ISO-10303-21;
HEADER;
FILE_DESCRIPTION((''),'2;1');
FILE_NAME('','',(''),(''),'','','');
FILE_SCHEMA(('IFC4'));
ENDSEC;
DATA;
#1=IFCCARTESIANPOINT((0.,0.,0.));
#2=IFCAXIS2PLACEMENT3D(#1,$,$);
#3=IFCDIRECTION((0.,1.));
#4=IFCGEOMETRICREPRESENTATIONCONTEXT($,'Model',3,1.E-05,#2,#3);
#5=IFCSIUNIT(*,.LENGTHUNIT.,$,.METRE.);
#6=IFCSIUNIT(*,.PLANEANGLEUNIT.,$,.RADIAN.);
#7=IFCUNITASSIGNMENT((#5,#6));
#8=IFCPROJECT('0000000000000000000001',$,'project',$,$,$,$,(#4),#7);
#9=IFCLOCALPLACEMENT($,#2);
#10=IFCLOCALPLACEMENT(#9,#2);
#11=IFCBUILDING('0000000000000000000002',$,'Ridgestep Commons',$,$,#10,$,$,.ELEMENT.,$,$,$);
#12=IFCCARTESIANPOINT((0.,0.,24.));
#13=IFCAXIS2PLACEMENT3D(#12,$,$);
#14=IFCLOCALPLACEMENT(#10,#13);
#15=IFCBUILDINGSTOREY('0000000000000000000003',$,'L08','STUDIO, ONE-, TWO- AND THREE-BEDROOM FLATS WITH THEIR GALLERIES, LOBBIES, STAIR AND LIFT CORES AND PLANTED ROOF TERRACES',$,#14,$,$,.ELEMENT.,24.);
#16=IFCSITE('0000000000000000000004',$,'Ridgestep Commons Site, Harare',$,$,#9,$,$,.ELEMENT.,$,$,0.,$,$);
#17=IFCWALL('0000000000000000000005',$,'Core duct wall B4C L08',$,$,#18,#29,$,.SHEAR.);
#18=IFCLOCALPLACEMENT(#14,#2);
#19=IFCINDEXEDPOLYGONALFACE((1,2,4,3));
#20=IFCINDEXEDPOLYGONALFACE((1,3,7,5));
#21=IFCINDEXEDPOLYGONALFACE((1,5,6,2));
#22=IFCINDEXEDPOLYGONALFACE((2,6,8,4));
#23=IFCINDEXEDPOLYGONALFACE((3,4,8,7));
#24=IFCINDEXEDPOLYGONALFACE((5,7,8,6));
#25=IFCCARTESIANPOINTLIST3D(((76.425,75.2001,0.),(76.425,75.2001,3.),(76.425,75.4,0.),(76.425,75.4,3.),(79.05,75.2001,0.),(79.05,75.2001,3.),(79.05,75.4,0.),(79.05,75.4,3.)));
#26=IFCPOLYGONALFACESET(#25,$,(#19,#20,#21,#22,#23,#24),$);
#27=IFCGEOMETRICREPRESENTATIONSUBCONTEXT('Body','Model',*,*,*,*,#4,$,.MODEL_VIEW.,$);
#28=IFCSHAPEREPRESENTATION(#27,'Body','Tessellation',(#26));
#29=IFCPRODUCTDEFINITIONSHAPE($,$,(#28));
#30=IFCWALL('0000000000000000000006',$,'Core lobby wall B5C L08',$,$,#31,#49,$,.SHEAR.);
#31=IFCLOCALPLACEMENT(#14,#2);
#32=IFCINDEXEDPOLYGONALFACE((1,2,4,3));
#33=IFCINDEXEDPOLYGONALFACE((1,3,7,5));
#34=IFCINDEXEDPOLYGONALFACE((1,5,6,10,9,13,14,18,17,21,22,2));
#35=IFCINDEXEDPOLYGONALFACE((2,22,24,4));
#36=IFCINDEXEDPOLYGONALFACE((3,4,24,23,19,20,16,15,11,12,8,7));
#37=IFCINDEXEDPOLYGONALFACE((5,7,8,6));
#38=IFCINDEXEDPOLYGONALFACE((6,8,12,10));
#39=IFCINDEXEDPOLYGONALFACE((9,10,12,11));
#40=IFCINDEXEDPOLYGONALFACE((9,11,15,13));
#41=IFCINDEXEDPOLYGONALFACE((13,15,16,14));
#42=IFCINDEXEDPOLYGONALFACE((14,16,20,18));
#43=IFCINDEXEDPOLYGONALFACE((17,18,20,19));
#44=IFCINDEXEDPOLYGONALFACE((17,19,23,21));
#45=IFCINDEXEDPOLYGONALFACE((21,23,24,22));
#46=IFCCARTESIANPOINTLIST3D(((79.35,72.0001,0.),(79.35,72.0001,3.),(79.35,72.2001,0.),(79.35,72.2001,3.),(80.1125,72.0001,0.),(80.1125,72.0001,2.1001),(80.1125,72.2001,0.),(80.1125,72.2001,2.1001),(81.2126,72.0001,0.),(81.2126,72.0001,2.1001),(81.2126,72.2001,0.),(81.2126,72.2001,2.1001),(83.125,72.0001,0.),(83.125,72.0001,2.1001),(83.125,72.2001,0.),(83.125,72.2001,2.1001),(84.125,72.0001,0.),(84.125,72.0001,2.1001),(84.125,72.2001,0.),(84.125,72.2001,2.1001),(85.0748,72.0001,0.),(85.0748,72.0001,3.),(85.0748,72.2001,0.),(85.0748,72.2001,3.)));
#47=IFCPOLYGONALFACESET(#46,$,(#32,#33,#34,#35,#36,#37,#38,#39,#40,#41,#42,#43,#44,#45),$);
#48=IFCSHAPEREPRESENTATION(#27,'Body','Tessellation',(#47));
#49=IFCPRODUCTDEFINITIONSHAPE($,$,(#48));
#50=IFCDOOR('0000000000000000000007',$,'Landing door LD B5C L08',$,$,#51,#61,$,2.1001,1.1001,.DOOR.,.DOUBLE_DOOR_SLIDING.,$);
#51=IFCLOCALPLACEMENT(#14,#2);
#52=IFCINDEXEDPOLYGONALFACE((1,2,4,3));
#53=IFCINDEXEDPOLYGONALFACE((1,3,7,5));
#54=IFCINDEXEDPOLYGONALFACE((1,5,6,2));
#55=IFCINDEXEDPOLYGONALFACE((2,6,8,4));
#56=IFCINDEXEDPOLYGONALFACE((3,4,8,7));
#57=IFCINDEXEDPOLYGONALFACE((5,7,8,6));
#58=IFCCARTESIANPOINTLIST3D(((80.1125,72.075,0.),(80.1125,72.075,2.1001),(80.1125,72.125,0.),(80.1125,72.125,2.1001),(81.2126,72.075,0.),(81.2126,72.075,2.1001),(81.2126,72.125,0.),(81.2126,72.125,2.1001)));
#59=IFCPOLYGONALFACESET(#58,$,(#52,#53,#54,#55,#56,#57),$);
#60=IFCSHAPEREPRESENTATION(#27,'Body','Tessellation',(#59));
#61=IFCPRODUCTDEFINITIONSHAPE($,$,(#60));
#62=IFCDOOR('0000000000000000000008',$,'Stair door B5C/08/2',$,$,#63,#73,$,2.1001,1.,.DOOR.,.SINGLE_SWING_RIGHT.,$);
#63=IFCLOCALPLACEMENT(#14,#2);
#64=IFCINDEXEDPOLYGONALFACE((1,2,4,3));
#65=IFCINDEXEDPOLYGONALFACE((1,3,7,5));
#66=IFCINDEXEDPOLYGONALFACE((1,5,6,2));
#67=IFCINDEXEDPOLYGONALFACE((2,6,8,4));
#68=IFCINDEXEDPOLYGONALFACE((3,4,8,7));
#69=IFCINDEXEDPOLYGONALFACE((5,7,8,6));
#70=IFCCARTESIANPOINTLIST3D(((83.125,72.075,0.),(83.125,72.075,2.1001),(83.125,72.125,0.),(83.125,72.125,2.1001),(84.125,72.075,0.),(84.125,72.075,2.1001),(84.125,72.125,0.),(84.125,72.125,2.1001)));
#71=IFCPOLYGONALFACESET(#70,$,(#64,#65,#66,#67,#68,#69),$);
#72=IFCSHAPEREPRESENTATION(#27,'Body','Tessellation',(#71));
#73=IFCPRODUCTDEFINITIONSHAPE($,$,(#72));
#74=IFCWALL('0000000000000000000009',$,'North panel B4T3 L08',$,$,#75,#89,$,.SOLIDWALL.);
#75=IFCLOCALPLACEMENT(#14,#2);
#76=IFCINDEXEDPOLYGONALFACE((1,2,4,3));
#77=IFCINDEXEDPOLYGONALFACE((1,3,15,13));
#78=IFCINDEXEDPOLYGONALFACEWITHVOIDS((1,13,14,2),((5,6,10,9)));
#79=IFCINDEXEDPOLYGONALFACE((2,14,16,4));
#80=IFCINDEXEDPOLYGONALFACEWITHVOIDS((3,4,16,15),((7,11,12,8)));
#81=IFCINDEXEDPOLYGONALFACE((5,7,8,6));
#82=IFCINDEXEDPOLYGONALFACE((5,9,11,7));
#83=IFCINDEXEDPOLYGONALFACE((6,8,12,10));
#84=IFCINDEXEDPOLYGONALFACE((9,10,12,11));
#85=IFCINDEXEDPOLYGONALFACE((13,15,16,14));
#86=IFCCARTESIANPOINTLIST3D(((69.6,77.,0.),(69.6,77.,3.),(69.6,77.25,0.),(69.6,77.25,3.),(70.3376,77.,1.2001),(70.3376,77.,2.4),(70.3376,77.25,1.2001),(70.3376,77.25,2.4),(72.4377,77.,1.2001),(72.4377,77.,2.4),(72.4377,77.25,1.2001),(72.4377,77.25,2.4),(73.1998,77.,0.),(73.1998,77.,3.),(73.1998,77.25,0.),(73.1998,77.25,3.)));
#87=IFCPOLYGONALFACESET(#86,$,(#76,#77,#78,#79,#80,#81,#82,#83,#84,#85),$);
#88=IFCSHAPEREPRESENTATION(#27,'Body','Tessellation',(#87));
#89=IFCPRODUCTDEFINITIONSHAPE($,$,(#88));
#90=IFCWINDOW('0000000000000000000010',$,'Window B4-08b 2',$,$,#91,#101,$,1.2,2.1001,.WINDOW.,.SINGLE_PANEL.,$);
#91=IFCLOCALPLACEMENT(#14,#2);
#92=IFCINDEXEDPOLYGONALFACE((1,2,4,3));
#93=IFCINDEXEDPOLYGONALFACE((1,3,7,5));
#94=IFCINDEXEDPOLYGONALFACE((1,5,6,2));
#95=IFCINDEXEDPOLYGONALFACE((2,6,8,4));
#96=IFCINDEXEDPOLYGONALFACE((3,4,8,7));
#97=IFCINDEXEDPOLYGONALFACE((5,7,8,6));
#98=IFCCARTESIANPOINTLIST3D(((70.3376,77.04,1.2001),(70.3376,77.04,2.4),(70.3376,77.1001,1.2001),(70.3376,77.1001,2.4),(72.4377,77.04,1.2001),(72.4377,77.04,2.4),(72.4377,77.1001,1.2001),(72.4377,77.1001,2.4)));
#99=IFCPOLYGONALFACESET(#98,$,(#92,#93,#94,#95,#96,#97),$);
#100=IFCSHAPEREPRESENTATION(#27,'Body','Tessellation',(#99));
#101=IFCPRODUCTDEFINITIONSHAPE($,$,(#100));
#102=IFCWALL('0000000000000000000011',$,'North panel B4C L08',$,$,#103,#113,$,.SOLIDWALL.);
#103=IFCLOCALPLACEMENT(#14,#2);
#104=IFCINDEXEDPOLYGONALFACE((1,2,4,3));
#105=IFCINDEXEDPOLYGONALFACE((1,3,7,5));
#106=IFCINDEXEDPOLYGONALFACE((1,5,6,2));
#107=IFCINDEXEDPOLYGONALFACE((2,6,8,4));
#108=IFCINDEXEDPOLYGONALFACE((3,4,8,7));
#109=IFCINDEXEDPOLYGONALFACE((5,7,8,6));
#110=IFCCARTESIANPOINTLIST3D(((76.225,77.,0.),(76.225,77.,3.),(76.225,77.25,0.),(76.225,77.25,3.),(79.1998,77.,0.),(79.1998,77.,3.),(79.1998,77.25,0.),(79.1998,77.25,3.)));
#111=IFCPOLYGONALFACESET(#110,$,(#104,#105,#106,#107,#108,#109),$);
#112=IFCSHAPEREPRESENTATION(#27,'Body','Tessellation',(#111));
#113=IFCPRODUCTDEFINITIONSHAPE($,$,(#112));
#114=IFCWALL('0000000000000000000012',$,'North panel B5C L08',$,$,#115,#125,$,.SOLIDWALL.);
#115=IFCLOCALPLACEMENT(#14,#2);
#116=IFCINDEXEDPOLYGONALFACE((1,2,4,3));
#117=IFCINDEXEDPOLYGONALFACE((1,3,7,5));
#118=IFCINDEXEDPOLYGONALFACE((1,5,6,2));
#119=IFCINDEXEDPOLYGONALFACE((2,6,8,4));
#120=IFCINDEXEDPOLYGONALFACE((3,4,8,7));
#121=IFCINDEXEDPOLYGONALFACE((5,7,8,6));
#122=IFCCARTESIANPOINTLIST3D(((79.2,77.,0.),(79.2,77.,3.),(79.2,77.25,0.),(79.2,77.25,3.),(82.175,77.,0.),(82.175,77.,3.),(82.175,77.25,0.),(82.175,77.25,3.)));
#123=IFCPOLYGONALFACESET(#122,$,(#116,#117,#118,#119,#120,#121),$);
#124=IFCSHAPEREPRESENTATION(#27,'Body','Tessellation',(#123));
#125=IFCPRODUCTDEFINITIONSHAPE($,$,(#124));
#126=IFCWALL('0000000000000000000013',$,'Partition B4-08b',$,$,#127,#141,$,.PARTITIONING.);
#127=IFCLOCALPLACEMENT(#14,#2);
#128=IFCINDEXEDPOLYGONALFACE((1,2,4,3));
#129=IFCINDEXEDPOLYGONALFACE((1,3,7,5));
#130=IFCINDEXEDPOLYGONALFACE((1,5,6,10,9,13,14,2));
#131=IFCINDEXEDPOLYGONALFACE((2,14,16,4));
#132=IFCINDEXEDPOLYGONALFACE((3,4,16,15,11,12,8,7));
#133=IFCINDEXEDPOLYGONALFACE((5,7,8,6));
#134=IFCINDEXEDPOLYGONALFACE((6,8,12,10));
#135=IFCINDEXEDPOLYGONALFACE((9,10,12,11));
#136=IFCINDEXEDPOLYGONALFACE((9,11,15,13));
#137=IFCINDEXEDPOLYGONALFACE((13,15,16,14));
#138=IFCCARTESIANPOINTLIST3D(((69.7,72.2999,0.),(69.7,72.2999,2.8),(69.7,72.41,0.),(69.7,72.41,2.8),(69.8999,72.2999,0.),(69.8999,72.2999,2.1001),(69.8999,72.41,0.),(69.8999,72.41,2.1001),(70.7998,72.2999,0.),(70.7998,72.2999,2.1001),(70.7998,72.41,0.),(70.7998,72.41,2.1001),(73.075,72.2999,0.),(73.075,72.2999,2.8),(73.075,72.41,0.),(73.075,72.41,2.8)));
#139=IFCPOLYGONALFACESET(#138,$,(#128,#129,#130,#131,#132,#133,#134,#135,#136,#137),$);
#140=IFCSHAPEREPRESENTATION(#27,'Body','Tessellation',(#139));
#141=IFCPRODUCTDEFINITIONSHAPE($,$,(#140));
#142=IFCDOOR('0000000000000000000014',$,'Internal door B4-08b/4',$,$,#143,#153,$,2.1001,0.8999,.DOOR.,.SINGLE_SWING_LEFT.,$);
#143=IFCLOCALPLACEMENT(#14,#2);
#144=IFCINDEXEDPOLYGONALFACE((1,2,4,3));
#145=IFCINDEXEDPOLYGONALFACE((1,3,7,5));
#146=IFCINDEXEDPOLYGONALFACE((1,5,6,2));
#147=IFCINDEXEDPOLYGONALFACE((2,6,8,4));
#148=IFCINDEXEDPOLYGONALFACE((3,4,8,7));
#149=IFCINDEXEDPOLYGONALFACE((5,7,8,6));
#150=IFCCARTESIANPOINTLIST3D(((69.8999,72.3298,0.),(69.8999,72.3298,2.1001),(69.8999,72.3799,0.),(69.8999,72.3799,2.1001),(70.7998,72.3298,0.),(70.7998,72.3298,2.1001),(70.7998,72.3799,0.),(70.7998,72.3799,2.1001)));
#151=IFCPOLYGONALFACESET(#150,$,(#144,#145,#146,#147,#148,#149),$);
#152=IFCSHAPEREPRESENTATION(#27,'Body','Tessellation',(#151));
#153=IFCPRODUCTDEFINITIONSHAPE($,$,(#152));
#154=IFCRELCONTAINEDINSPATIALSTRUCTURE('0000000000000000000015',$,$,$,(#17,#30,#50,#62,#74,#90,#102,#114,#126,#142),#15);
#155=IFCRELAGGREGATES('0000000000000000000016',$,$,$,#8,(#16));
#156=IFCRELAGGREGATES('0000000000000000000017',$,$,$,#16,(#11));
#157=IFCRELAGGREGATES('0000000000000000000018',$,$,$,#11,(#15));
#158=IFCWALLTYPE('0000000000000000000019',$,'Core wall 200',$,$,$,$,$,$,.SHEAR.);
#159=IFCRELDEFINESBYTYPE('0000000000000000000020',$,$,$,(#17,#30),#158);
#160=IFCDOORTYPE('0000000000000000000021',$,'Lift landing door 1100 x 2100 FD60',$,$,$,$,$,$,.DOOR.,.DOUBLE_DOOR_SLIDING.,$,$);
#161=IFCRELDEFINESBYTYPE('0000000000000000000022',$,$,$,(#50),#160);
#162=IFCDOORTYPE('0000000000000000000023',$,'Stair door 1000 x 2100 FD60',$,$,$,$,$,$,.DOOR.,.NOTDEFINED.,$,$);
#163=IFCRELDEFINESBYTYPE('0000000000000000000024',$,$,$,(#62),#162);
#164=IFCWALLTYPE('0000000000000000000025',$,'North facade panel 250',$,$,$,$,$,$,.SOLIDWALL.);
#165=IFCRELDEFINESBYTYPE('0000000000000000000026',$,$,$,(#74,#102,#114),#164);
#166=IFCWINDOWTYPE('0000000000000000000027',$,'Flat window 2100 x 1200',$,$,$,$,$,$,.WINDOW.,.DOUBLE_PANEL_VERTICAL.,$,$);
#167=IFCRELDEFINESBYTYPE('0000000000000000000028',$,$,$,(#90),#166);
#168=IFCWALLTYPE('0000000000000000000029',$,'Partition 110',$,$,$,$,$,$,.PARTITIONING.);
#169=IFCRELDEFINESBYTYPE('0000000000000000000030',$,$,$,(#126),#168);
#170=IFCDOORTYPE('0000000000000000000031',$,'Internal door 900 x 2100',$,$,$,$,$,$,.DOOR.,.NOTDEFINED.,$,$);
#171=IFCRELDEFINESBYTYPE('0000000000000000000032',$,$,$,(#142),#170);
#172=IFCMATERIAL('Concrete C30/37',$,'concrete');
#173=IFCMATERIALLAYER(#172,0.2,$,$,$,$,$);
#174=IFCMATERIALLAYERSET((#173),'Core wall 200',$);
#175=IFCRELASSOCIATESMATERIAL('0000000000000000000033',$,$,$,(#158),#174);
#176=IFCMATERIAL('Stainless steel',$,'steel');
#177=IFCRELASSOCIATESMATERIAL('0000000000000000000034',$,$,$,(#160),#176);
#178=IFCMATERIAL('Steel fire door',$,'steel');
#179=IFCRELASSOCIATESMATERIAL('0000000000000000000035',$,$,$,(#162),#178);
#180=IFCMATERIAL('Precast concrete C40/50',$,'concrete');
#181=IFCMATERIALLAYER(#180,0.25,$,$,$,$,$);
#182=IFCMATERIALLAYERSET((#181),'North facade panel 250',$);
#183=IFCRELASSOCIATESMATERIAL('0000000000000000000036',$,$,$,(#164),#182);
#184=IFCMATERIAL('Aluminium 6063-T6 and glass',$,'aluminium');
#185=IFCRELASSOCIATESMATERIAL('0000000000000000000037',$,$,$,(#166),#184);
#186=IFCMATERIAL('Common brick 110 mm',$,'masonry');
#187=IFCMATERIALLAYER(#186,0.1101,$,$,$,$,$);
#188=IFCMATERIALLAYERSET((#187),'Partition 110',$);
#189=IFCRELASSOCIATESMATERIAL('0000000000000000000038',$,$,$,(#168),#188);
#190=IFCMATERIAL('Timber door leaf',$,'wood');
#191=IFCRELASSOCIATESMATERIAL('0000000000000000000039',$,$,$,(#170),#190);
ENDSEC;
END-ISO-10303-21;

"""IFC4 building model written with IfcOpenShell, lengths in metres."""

from ifc_helpers import new_model, si_unit, direction, frame, frame_2d, origin, place, context, subcontext, project, spatial, rectangle, extrude, material, layer, layer_set, type_object, element, fill, save


model = new_model("IFC4")

# Units and contexts
model_context = context("Model", 3, precision=1e-05, world=origin(), true_north=direction((0.0, 1.0)))
body_context = subcontext(model_context, "Body", "Model", "MODEL_VIEW")
ifc_project = project(units=[si_unit("LENGTHUNIT", "METRE"), si_unit("PLANEANGLEUNIT", "RADIAN")], contexts=[model_context])

# Site, building, storey
site_placement = place(None, origin())
site = spatial("IfcSite", under=ifc_project, at=site_placement, Name="Ridgestep Commons Site, Harare", CompositionType="ELEMENT", RefElevation=0.0)
building_placement = place(site_placement, origin())
building = spatial("IfcBuilding", under=site, at=building_placement, Name="Ridgestep Commons", CompositionType="ELEMENT")
storey_placement = place(building_placement, frame((0.0, 0.0, 24.0)))
storey = spatial("IfcBuildingStorey", under=building, at=storey_placement, Name="L08", Description="STUDIO, ONE-, TWO- AND THREE-BEDROOM FLATS WITH THEIR GALLERIES, LOBBIES, STAIR AND LIFT CORES AND PLANTED ROOF TERRACES", CompositionType="ELEMENT", Elevation=24.0)

# Wall
ifc_material_1 = material(Name="Concrete C30/37", Category="concrete")
ifc_layer_1 = layer(ifc_material_1, 0.2)
ifc_layer_set_1 = layer_set([ifc_layer_1], Name="Core wall 200")
wall_type_1 = type_object("IfcWallType", Name="Core wall 200", PredefinedType="SHEAR", material=ifc_layer_set_1)
wall_1_placement = place(storey_placement, frame((76.425, 75.3, 0.0), z_axis=(0.0, 0.0, 1.0), x_axis=(1.0, 0.0, 0.0)))
element("IfcWall", 1, at=wall_1_placement, inside=storey, type_object=wall_type_1, Name="Core duct wall B4C L08", PredefinedType="SHEAR", context=body_context, shape_type="SweptSolid", body=[
    extrude(rectangle(XDim=2.625, YDim=0.2, at=frame_2d((1.3125, 0.0))), origin(), (0.0, 0.0, 1.0), 3.0),
])

# Wall, openings, doors
wall_2_placement = place(storey_placement, frame((79.3501, 72.1001, 0.0), z_axis=(0.0, 0.0, 1.0), x_axis=(1.0, 0.0, 0.0)))
wall_2 = element("IfcWall", 2, at=wall_2_placement, inside=storey, type_object=wall_type_1, Name="Core lobby wall B5C L08", PredefinedType="SHEAR", context=body_context, shape_type="SweptSolid", body=[
    extrude(rectangle(XDim=5.7249, YDim=0.2, at=frame_2d((2.8623, 0.0))), origin(), (0.0, 0.0, 1.0), 3.0),
])
opening_1_placement = place(wall_2_placement, frame((3.7749, 0.0, 0.0)))
opening_1 = element("IfcOpeningElement", 3, at=opening_1_placement, cuts=wall_2, PredefinedType="OPENING", context=body_context, shape_type="SweptSolid", body=[
    extrude(rectangle(XDim=1.0, YDim=2.1001, at=frame_2d((0.5, 1.05))), frame((0.0, 0.1099, 0.0), z_axis=(0.0, -1.0, 0.0), x_axis=(1.0, 0.0, 0.0)), (0.0, 0.0, 1.0), 0.22),
])
opening_2_placement = place(wall_2_placement, frame((0.7625, 0.0, 0.0)))
opening_2 = element("IfcOpeningElement", 4, at=opening_2_placement, cuts=wall_2, PredefinedType="OPENING", context=body_context, shape_type="SweptSolid", body=[
    extrude(rectangle(XDim=1.1001, YDim=2.1001, at=frame_2d((0.55, 1.05))), frame((0.0, 0.1099, 0.0), z_axis=(0.0, -1.0, 0.0), x_axis=(1.0, 0.0, 0.0)), (0.0, 0.0, 1.0), 0.22),
])
ifc_material_2 = material(Name="Stainless steel", Category="steel")
door_type_1 = type_object("IfcDoorType", Name="Lift landing door 1100 x 2100 FD60", OperationType="DOUBLE_DOOR_SLIDING", PredefinedType="DOOR", material=ifc_material_2)
door_1_placement = place(opening_2_placement, origin())
door_1 = element("IfcDoor", 5, at=door_1_placement, inside=storey, type_object=door_type_1, Name="Landing door LD B5C L08", OperationType="DOUBLE_DOOR_SLIDING", OverallHeight=2.1001, OverallWidth=1.1001, PredefinedType="DOOR", context=body_context, shape_type="SweptSolid", body=[
    extrude(rectangle(XDim=1.1001, YDim=2.1001, at=frame_2d((0.55, 1.05))), frame((0.0, 0.0249, 0.0), z_axis=(0.0, -1.0, 0.0), x_axis=(1.0, 0.0, 0.0)), (0.0, 0.0, 1.0), 0.05),
])
fill(opening_2, door_1)
ifc_material_3 = material(Name="Steel fire door", Category="steel")
door_type_2 = type_object("IfcDoorType", Name="Stair door 1000 x 2100 FD60", OperationType="NOTDEFINED", PredefinedType="DOOR", material=ifc_material_3)
door_2_placement = place(opening_1_placement, origin())
door_2 = element("IfcDoor", 6, at=door_2_placement, inside=storey, type_object=door_type_2, Name="Stair door B5C/08/2", OperationType="SINGLE_SWING_RIGHT", OverallHeight=2.1001, OverallWidth=1.0, PredefinedType="DOOR", context=body_context, shape_type="SweptSolid", body=[
    extrude(rectangle(XDim=1.0, YDim=2.1001, at=frame_2d((0.5, 1.05))), frame((0.0, 0.0249, 0.0), z_axis=(0.0, -1.0, 0.0), x_axis=(1.0, 0.0, 0.0)), (0.0, 0.0, 1.0), 0.05),
])
fill(opening_1, door_2)

# Wall, opening, window
ifc_material_4 = material(Name="Precast concrete C40/50", Category="concrete")
ifc_layer_2 = layer(ifc_material_4, 0.25)
ifc_layer_set_2 = layer_set([ifc_layer_2], Name="North facade panel 250")
wall_type_2 = type_object("IfcWallType", Name="North facade panel 250", PredefinedType="SOLIDWALL", material=ifc_layer_set_2)
wall_3_placement = place(storey_placement, frame((69.6001, 77.125, 0.0), z_axis=(0.0, 0.0, 1.0), x_axis=(1.0, 0.0, 0.0)))
wall_3 = element("IfcWall", 7, at=wall_3_placement, inside=storey, type_object=wall_type_2, Name="North panel B4T3 L08", PredefinedType="SOLIDWALL", context=body_context, shape_type="SweptSolid", body=[
    extrude(rectangle(XDim=3.5999, YDim=0.25, at=frame_2d((1.7998, 0.0))), origin(), (0.0, 0.0, 1.0), 3.0),
])
opening_3_placement = place(wall_3_placement, frame((0.7375, 0.0, 1.2)))
opening_3 = element("IfcOpeningElement", 8, at=opening_3_placement, cuts=wall_3, PredefinedType="OPENING", context=body_context, shape_type="SweptSolid", body=[
    extrude(rectangle(XDim=2.1001, YDim=1.2, at=frame_2d((1.05, 0.6001))), frame((0.0, 0.135, 0.0), z_axis=(0.0, -1.0, 0.0), x_axis=(1.0, 0.0, 0.0)), (0.0, 0.0, 1.0), 0.27),
])
ifc_material_5 = material(Name="Aluminium 6063-T6 and glass", Category="aluminium")
window_type = type_object("IfcWindowType", Name="Flat window 2100 x 1200", PartitioningType="DOUBLE_PANEL_VERTICAL", PredefinedType="WINDOW", material=ifc_material_5)
window_placement = place(opening_3_placement, origin())
window = element("IfcWindow", 9, at=window_placement, inside=storey, type_object=window_type, Name="Window B4-08b 2", OverallHeight=1.2, OverallWidth=2.1001, PartitioningType="SINGLE_PANEL", PredefinedType="WINDOW", context=body_context, shape_type="SweptSolid", body=[
    extrude(rectangle(XDim=2.1001, YDim=1.2, at=frame_2d((1.05, 0.6001))), frame((0.0, -0.0249, 0.0), z_axis=(0.0, -1.0, 0.0), x_axis=(1.0, 0.0, 0.0)), (0.0, 0.0, 1.0), 0.0601),
])
fill(opening_3, window)

# Walls
wall_4_placement = place(storey_placement, frame((76.2251, 77.125, 0.0), z_axis=(0.0, 0.0, 1.0), x_axis=(1.0, 0.0, 0.0)))
element("IfcWall", 10, at=wall_4_placement, inside=storey, type_object=wall_type_2, Name="North panel B4C L08", PredefinedType="SOLIDWALL", context=body_context, shape_type="SweptSolid", body=[
    extrude(rectangle(XDim=2.9749, YDim=0.25, at=frame_2d((1.4873, 0.0))), origin(), (0.0, 0.0, 1.0), 3.0),
])
wall_5_placement = place(storey_placement, frame((79.2, 77.125, 0.0), z_axis=(0.0, 0.0, 1.0), x_axis=(1.0, 0.0, 0.0)))
element("IfcWall", 11, at=wall_5_placement, inside=storey, type_object=wall_type_2, Name="North panel B5C L08", PredefinedType="SOLIDWALL", context=body_context, shape_type="SweptSolid", body=[
    extrude(rectangle(XDim=2.9751, YDim=0.25, at=frame_2d((1.4875, 0.0))), origin(), (0.0, 0.0, 1.0), 3.0),
])

# Wall, opening, door
ifc_material_6 = material(Name="Common brick 110 mm", Category="masonry")
ifc_layer_3 = layer(ifc_material_6, 0.1101)
ifc_layer_set_3 = layer_set([ifc_layer_3], Name="Partition 110")
wall_type_3 = type_object("IfcWallType", Name="Partition 110", PredefinedType="PARTITIONING", material=ifc_layer_set_3)
wall_6_placement = place(storey_placement, frame((69.7, 72.355, 0.0), z_axis=(0.0, 0.0, 1.0), x_axis=(1.0, 0.0, 0.0)))
wall_6 = element("IfcWall", 12, at=wall_6_placement, inside=storey, type_object=wall_type_3, Name="Partition B4-08b", PredefinedType="PARTITIONING", context=body_context, shape_type="SweptSolid", body=[
    extrude(rectangle(XDim=3.375, YDim=0.1101, at=frame_2d((1.6875, 0.0))), origin(), (0.0, 0.0, 1.0), 2.8),
])
opening_4_placement = place(wall_6_placement, frame((0.2, 0.0, 0.0)))
opening_4 = element("IfcOpeningElement", 13, at=opening_4_placement, cuts=wall_6, PredefinedType="OPENING", context=body_context, shape_type="SweptSolid", body=[
    extrude(rectangle(XDim=0.8999, YDim=2.1001, at=frame_2d((0.45, 1.05))), frame((0.0, 0.0649, 0.0), z_axis=(0.0, -1.0, 0.0), x_axis=(1.0, 0.0, 0.0)), (0.0, 0.0, 1.0), 0.1301),
])
ifc_material_7 = material(Name="Timber door leaf", Category="wood")
door_type_3 = type_object("IfcDoorType", Name="Internal door 900 x 2100", OperationType="NOTDEFINED", PredefinedType="DOOR", material=ifc_material_7)
door_3_placement = place(opening_4_placement, origin())
door_3 = element("IfcDoor", 14, at=door_3_placement, inside=storey, type_object=door_type_3, Name="Internal door B4-08b/4", OperationType="SINGLE_SWING_LEFT", OverallHeight=2.1001, OverallWidth=0.8999, PredefinedType="DOOR", context=body_context, shape_type="SweptSolid", body=[
    extrude(rectangle(XDim=0.8999, YDim=2.1001, at=frame_2d((0.45, 1.05))), frame((0.0, 0.0249, 0.0), z_axis=(0.0, -1.0, 0.0), x_axis=(1.0, 0.0, 0.0)), (0.0, 0.0, 1.0), 0.05),
])
fill(opening_4, door_3)

save(model, "model.ifc")
